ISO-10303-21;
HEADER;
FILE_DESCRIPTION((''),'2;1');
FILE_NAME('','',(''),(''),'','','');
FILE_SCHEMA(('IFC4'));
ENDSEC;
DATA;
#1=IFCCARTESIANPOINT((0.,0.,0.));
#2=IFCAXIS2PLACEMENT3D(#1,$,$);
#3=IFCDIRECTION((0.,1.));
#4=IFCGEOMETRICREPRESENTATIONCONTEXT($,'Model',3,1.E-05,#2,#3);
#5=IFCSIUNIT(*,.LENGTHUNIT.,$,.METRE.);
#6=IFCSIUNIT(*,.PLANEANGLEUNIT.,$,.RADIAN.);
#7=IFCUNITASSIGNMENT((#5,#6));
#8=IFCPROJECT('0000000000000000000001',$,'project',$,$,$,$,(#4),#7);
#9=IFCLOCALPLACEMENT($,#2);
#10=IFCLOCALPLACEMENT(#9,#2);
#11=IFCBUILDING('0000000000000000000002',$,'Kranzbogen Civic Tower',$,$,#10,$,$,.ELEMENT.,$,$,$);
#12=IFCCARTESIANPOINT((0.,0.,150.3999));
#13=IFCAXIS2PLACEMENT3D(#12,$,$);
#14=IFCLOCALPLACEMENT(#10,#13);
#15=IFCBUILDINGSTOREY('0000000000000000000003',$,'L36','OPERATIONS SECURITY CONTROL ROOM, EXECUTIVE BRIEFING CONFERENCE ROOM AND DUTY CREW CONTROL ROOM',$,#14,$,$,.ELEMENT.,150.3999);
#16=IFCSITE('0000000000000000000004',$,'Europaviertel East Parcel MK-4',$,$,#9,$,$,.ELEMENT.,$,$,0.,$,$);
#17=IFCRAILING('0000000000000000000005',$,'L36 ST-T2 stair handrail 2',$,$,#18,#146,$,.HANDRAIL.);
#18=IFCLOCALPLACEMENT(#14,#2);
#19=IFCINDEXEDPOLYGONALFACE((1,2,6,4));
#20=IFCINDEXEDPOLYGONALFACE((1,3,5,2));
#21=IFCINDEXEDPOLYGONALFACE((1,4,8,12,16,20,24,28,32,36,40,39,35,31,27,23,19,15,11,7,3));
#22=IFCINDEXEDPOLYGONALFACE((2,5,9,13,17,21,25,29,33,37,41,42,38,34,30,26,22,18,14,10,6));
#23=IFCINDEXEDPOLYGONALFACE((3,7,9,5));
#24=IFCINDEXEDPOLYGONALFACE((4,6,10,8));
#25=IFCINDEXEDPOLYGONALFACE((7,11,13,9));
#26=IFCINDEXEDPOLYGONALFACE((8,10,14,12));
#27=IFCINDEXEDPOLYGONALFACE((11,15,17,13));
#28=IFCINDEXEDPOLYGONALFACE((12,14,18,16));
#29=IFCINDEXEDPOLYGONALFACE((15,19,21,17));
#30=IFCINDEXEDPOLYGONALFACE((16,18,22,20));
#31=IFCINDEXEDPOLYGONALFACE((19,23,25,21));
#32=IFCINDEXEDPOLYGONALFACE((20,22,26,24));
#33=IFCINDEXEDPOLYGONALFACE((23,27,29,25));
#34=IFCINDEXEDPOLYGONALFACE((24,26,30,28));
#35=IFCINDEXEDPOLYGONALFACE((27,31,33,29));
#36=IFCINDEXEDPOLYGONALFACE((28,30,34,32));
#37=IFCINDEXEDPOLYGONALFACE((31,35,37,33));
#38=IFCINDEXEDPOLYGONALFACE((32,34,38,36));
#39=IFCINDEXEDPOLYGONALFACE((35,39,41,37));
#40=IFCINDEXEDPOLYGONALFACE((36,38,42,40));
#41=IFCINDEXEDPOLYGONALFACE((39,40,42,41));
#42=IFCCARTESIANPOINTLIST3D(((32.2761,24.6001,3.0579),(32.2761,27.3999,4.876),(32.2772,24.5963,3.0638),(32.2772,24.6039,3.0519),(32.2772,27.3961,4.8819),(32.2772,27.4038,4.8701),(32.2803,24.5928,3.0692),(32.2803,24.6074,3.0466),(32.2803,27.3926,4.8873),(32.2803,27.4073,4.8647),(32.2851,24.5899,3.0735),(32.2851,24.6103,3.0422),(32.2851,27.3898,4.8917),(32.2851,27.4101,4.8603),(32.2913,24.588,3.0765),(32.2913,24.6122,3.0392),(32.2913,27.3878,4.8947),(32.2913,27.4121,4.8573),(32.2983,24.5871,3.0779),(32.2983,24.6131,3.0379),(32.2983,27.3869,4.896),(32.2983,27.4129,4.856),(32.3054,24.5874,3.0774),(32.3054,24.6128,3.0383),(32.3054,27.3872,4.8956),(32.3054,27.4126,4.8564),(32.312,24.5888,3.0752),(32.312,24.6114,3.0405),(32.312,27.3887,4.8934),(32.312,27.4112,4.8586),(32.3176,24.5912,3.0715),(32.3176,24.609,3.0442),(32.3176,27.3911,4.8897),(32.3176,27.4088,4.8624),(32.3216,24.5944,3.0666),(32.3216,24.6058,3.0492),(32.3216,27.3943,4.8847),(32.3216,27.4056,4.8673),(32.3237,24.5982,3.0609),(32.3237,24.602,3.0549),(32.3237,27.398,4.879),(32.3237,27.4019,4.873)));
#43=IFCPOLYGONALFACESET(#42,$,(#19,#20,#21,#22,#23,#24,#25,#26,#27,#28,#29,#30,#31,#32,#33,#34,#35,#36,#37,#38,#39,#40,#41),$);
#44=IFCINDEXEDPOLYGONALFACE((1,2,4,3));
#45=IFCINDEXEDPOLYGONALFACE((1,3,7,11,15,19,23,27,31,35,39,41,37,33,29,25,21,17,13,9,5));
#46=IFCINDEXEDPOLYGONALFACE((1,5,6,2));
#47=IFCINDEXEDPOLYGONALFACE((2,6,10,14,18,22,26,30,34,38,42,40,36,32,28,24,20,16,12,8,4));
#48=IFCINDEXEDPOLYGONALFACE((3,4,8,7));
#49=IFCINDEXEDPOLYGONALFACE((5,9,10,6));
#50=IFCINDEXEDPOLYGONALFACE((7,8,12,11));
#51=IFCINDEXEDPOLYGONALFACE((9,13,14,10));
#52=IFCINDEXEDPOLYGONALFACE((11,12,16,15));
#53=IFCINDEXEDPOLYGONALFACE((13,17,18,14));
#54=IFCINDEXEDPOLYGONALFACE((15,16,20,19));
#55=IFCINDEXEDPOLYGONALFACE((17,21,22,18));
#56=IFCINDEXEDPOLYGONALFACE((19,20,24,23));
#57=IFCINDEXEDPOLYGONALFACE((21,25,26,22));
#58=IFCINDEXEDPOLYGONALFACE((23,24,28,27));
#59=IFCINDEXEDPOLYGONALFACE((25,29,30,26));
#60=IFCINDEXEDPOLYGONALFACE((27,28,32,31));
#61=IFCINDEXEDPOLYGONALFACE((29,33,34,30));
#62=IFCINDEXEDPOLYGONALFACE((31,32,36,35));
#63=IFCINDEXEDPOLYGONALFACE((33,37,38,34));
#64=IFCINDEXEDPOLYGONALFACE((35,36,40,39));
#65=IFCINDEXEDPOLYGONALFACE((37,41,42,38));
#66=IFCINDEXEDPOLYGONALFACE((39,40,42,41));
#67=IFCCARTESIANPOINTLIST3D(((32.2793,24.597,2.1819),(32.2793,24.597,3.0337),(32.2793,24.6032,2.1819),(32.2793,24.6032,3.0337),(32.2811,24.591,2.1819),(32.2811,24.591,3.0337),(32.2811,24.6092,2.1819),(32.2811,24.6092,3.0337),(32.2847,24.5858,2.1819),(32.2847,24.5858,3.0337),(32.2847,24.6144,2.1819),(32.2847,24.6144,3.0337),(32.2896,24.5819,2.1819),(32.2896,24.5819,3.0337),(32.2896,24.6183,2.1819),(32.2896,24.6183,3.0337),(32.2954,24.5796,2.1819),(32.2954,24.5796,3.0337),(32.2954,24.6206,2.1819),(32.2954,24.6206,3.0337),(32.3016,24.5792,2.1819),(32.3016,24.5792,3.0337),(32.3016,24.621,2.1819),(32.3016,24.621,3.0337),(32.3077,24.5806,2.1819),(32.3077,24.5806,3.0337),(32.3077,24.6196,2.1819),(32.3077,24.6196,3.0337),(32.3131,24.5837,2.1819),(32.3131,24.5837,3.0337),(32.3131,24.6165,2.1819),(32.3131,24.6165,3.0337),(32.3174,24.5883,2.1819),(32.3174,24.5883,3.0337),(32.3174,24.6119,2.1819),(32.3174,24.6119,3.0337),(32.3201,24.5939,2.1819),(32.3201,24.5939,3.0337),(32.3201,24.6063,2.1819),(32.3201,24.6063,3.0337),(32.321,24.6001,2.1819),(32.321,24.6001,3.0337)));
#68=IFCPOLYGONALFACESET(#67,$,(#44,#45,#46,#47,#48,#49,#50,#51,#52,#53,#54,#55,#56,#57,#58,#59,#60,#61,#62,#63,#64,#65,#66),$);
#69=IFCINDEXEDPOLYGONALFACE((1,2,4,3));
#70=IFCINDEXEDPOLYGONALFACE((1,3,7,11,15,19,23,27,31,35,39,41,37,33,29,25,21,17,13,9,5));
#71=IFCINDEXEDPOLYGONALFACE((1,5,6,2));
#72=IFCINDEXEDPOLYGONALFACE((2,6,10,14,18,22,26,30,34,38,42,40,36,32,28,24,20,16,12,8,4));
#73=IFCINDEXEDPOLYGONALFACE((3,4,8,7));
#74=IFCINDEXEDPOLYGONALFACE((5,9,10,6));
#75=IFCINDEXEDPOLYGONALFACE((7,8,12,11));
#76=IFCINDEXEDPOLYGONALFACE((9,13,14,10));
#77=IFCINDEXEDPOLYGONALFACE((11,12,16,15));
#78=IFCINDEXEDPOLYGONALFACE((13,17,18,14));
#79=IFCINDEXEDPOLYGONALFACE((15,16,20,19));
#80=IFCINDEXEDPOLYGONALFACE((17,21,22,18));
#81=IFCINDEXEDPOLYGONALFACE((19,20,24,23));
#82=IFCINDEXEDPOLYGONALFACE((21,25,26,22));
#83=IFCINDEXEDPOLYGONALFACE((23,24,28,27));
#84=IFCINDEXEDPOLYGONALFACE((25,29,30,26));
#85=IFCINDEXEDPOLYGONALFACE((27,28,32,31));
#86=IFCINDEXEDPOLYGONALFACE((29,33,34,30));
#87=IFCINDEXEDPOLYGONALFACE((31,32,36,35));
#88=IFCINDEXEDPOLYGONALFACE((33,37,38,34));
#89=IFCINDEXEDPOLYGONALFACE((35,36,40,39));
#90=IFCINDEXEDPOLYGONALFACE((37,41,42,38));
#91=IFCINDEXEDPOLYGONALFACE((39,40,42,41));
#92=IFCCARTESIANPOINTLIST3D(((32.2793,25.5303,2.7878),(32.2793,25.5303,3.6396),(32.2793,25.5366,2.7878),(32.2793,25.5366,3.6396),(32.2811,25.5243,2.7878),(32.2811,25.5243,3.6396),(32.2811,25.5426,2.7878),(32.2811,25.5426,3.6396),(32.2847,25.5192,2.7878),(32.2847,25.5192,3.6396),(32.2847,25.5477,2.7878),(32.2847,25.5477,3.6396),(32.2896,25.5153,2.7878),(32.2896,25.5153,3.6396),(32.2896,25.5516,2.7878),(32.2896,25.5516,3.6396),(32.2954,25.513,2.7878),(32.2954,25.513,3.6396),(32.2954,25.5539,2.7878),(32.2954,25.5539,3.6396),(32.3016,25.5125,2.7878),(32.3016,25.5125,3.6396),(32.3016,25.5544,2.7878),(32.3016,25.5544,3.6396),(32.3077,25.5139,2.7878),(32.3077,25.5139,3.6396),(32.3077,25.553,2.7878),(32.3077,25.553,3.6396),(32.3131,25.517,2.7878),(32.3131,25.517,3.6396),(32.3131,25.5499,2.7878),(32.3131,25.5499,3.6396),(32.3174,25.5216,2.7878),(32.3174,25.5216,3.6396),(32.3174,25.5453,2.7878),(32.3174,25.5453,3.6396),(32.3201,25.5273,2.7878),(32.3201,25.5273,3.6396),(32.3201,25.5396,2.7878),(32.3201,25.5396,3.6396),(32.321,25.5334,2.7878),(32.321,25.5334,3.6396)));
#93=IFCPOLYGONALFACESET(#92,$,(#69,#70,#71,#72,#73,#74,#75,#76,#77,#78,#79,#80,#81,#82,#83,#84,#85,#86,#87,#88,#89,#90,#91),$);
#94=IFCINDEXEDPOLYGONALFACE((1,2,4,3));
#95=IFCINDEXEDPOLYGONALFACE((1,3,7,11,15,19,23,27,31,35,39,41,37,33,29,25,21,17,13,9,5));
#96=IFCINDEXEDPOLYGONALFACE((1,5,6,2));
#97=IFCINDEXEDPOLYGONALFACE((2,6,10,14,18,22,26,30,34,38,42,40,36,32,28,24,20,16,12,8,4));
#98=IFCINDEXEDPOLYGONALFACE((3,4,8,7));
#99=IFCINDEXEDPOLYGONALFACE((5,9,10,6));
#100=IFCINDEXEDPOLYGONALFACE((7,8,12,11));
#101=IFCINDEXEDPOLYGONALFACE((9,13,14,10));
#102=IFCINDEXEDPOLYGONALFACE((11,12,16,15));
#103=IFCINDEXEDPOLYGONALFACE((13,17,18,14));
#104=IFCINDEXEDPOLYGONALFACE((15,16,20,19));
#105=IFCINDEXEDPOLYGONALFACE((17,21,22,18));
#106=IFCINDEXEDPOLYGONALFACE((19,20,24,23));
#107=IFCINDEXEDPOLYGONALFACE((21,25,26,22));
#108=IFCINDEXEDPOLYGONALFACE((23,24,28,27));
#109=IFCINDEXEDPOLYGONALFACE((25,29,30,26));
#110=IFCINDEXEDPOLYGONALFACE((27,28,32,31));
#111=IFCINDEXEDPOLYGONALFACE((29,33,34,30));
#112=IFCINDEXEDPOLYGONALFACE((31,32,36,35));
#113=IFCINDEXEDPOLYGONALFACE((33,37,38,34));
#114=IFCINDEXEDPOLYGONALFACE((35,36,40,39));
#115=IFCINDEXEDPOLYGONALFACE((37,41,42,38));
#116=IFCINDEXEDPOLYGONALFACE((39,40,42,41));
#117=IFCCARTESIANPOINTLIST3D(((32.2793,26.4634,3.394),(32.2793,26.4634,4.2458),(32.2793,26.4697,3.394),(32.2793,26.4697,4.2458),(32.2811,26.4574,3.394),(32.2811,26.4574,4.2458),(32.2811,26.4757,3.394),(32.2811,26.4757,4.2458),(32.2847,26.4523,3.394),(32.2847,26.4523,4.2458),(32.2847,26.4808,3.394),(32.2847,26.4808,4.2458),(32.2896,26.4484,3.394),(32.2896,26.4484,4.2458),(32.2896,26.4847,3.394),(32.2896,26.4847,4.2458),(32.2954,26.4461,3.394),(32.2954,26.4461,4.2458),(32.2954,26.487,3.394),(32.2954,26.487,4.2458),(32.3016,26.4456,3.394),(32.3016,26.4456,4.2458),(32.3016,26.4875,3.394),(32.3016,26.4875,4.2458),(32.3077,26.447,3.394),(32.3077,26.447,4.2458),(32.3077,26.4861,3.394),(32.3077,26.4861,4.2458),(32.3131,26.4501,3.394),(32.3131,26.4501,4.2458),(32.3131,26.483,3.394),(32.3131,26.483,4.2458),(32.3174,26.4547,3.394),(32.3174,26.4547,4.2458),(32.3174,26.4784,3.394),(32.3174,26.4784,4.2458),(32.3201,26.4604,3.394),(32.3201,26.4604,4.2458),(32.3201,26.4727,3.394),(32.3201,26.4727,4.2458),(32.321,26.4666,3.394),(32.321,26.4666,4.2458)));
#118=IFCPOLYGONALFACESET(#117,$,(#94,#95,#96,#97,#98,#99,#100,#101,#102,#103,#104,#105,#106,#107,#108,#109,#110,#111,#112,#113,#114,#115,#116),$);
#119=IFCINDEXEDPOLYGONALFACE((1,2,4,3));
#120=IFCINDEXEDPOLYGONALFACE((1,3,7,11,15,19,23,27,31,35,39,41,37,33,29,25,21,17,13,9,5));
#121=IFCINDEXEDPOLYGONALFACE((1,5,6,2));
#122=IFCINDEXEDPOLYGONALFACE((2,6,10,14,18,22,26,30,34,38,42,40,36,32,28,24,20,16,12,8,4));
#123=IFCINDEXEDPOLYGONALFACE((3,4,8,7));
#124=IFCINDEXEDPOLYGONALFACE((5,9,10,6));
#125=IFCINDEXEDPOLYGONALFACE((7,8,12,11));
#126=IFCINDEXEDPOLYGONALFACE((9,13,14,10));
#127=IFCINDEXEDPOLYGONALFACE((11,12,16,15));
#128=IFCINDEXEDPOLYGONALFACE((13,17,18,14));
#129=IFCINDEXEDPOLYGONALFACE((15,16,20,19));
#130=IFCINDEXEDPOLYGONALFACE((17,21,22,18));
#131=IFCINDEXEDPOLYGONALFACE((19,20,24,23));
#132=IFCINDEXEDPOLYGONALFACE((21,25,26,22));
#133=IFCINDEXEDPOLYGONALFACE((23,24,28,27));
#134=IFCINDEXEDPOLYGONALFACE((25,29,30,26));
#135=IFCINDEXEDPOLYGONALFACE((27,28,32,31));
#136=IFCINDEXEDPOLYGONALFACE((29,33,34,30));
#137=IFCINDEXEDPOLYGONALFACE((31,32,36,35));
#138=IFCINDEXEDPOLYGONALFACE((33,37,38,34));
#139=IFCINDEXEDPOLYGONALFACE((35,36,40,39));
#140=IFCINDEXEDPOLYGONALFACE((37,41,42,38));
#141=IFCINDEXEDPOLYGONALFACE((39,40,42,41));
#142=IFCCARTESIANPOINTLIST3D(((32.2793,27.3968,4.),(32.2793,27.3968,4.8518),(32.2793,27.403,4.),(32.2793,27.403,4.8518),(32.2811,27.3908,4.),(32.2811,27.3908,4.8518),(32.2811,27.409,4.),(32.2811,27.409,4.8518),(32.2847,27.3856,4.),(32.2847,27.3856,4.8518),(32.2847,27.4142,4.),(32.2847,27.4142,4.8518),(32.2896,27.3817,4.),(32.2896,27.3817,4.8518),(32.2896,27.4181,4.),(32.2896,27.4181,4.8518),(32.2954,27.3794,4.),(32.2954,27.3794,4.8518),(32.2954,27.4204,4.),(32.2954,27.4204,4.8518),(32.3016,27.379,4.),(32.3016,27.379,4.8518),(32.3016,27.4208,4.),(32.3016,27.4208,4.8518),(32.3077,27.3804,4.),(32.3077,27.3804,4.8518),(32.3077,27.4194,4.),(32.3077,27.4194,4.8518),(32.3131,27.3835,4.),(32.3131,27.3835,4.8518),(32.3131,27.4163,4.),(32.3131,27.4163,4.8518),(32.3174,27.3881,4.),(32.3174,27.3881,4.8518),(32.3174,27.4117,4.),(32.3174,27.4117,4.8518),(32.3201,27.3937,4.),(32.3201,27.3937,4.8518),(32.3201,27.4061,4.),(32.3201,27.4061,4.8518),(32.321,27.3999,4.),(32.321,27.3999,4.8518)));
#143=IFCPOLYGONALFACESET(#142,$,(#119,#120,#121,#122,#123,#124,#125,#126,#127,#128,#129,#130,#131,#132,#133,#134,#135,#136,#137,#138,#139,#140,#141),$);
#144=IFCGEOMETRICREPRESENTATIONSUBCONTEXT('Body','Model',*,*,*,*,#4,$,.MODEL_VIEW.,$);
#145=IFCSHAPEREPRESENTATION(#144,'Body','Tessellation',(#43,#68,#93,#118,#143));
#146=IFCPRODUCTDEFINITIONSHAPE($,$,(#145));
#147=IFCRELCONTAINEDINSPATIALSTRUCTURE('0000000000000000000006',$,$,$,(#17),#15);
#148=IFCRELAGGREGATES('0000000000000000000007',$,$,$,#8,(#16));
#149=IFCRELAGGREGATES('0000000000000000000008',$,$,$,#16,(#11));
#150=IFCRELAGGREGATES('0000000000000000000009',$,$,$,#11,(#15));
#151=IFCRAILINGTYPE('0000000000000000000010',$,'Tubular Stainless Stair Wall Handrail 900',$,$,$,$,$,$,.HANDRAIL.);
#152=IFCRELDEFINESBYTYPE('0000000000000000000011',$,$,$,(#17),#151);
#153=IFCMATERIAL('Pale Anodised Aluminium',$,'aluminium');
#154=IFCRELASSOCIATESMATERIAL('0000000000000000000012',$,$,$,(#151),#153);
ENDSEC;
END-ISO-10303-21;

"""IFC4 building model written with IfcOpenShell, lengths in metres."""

from ifc_helpers import new_model, si_unit, direction, frame, origin, origin_2d, place, context, subcontext, project, spatial, circle, extrude, material, type_object, element, save


model = new_model("IFC4")

# Units and contexts
model_context = context("Model", 3, precision=1e-05, world=origin(), true_north=direction((0.0, 1.0)))
body_context = subcontext(model_context, "Body", "Model", "MODEL_VIEW")
ifc_project = project(units=[si_unit("LENGTHUNIT", "METRE"), si_unit("PLANEANGLEUNIT", "RADIAN")], contexts=[model_context])

# Site, building, storey
site_placement = place(None, origin())
site = spatial("IfcSite", under=ifc_project, at=site_placement, Name="Europaviertel East Parcel MK-4", CompositionType="ELEMENT", RefElevation=0.0)
building_placement = place(site_placement, origin())
building = spatial("IfcBuilding", under=site, at=building_placement, Name="Kranzbogen Civic Tower", CompositionType="ELEMENT")
storey_placement = place(building_placement, frame((0.0, 0.0, 150.3999)))
storey = spatial("IfcBuildingStorey", under=building, at=storey_placement, Name="L36", Description="OPERATIONS SECURITY CONTROL ROOM, EXECUTIVE BRIEFING CONFERENCE ROOM AND DUTY CREW CONTROL ROOM", CompositionType="ELEMENT", Elevation=150.3999)

# Shared definitions
ifc_material_1 = material(Name="Pale Anodised Aluminium", Category="aluminium")

# Railing
railing_type_1 = type_object("IfcRailingType", Name="Tubular Stainless Stair Wall Handrail 900", PredefinedType="HANDRAIL", material=ifc_material_1)
railing_1_placement = place(storey_placement, frame((32.3, 24.6001, 2.1819)))
element("IfcRailing", 1, at=railing_1_placement, inside=storey, type_object=railing_type_1, Name="L36 ST-T2 stair handrail 2", PredefinedType="HANDRAIL", context=body_context, shape_type="SweptSolid", body=[
    extrude(circle(Radius=0.0239, at=origin_2d()), frame((0.0, 0.0, 0.876), z_axis=(0.0, 0.838684, 0.544618), x_axis=(-1.0, 0.0, 0.0)), (0.0, 0.0, 1.0), 3.3384),
    extrude(circle(Radius=0.021, at=origin_2d()), origin(), (0.0, 0.0, 1.0), 0.8518),
    extrude(circle(Radius=0.021, at=origin_2d()), frame((0.0, 0.9333, 0.606)), (0.0, 0.0, 1.0), 0.8518),
    extrude(circle(Radius=0.021, at=origin_2d()), frame((0.0, 1.8665, 1.2122)), (0.0, 0.0, 1.0), 0.8518),
    extrude(circle(Radius=0.021, at=origin_2d()), frame((0.0, 2.7998, 1.8181)), (0.0, 0.0, 1.0), 0.8518),
])

save(model, "model.ifc")
